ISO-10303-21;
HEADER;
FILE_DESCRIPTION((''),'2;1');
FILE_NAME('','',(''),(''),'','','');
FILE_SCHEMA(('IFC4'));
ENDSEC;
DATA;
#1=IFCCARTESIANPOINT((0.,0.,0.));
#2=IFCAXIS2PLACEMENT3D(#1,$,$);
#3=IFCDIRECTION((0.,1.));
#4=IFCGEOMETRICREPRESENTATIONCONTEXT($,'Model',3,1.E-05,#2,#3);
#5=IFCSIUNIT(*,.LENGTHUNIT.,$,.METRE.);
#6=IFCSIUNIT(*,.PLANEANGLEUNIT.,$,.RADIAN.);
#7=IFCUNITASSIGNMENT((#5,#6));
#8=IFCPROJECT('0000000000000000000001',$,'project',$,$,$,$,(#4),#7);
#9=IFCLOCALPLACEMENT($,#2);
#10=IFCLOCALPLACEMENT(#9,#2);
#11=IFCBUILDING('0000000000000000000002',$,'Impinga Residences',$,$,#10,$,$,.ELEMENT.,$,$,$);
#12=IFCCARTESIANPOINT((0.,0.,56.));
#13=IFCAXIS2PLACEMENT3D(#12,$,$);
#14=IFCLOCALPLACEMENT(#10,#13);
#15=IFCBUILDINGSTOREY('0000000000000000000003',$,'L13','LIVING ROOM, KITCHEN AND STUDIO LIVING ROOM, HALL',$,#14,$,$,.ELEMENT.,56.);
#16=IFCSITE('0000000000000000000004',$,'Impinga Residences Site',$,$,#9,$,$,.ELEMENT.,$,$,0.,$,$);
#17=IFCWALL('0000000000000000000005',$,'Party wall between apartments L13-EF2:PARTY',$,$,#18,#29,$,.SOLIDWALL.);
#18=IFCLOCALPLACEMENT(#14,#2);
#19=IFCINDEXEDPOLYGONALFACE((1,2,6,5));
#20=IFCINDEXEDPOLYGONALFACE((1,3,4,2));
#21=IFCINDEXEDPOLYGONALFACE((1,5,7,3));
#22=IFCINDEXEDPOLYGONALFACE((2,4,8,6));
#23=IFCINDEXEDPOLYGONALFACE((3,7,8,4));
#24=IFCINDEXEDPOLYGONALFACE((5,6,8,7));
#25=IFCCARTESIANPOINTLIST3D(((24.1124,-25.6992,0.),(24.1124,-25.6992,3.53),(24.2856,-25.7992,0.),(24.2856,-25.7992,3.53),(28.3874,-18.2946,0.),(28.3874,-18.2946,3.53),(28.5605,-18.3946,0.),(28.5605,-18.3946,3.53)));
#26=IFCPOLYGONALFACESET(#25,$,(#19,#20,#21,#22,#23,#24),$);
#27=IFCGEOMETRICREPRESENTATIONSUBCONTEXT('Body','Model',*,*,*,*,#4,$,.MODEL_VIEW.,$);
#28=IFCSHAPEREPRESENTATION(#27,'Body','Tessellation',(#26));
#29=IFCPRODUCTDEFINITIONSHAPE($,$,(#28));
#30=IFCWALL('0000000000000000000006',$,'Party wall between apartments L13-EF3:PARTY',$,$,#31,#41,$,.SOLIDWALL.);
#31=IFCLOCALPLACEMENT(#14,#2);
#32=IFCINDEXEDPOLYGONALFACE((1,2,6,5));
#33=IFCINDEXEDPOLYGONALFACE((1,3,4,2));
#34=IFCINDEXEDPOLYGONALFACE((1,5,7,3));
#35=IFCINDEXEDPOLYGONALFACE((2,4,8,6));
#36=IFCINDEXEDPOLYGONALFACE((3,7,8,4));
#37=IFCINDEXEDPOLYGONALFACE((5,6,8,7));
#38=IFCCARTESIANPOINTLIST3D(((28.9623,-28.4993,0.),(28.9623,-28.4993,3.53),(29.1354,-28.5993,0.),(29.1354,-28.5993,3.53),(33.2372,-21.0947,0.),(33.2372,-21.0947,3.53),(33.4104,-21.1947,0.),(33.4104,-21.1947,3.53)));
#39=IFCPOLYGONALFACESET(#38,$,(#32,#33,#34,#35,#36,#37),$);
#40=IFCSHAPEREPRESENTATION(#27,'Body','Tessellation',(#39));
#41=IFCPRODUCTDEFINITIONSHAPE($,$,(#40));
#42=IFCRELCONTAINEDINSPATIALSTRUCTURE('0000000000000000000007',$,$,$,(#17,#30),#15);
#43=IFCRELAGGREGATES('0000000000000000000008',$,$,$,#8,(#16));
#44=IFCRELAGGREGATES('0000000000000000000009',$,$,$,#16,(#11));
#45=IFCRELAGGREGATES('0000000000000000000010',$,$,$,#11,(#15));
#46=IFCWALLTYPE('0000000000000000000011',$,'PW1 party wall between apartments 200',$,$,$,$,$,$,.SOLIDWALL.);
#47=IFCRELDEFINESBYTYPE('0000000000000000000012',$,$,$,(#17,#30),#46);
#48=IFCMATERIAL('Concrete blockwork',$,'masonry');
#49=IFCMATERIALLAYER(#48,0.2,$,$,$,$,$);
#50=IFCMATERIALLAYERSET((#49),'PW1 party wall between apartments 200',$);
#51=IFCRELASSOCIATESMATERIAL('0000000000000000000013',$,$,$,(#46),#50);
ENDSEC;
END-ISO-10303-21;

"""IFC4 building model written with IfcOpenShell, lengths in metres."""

from ifc_helpers import new_model, si_unit, direction, frame, frame_2d, origin, place, context, subcontext, project, spatial, rectangle, extrude, material, layer, layer_set, type_object, element, save


model = new_model("IFC4")

# Units and contexts
model_context = context("Model", 3, precision=1e-05, world=origin(), true_north=direction((0.0, 1.0)))
body_context = subcontext(model_context, "Body", "Model", "MODEL_VIEW")
ifc_project = project(units=[si_unit("LENGTHUNIT", "METRE"), si_unit("PLANEANGLEUNIT", "RADIAN")], contexts=[model_context])

# Site, building, storey
site_placement = place(None, origin())
site = spatial("IfcSite", under=ifc_project, at=site_placement, Name="Impinga Residences Site", CompositionType="ELEMENT", RefElevation=0.0)
building_placement = place(site_placement, origin())
building = spatial("IfcBuilding", under=site, at=building_placement, Name="Impinga Residences", CompositionType="ELEMENT")
storey_placement = place(building_placement, frame((0.0, 0.0, 56.0)))
storey = spatial("IfcBuildingStorey", under=building, at=storey_placement, Name="L13", Description="LIVING ROOM, KITCHEN AND STUDIO LIVING ROOM, HALL", CompositionType="ELEMENT", Elevation=56.0)

# Walls
ifc_material_1 = material(Name="Concrete blockwork", Category="masonry")
ifc_layer_1 = layer(ifc_material_1, 0.2)
ifc_layer_set_1 = layer_set([ifc_layer_1], Name="PW1 party wall between apartments 200")
wall_type_1 = type_object("IfcWallType", Name="PW1 party wall between apartments 200", PredefinedType="SOLIDWALL", material=ifc_layer_set_1)
for number, where, z_axis, x_axis, name in (
    (1, (28.4739, -18.3447, 0.0), (0.0, 0.0, 1.0), (-0.49999, -0.866031, 0.0), "Party wall between apartments L13-EF2:PARTY"),
    (2, (33.3237, -21.1448, 0.0), (0.0, 0.0, 1.0), (-0.49999, -0.866031, 0.0), "Party wall between apartments L13-EF3:PARTY"),
):
    element("IfcWall", number, at=place(storey_placement, frame(where, z_axis=z_axis, x_axis=x_axis)), inside=storey, type_object=wall_type_1, Name=name, PredefinedType="SOLIDWALL", context=body_context, shape_type="SweptSolid", body=[
        extrude(rectangle(XDim=8.55, YDim=0.2, at=frame_2d((4.2749, 0.0))), origin(), (0.0, 0.0, 1.0), 3.53),
    ])

save(model, "model.ifc")
